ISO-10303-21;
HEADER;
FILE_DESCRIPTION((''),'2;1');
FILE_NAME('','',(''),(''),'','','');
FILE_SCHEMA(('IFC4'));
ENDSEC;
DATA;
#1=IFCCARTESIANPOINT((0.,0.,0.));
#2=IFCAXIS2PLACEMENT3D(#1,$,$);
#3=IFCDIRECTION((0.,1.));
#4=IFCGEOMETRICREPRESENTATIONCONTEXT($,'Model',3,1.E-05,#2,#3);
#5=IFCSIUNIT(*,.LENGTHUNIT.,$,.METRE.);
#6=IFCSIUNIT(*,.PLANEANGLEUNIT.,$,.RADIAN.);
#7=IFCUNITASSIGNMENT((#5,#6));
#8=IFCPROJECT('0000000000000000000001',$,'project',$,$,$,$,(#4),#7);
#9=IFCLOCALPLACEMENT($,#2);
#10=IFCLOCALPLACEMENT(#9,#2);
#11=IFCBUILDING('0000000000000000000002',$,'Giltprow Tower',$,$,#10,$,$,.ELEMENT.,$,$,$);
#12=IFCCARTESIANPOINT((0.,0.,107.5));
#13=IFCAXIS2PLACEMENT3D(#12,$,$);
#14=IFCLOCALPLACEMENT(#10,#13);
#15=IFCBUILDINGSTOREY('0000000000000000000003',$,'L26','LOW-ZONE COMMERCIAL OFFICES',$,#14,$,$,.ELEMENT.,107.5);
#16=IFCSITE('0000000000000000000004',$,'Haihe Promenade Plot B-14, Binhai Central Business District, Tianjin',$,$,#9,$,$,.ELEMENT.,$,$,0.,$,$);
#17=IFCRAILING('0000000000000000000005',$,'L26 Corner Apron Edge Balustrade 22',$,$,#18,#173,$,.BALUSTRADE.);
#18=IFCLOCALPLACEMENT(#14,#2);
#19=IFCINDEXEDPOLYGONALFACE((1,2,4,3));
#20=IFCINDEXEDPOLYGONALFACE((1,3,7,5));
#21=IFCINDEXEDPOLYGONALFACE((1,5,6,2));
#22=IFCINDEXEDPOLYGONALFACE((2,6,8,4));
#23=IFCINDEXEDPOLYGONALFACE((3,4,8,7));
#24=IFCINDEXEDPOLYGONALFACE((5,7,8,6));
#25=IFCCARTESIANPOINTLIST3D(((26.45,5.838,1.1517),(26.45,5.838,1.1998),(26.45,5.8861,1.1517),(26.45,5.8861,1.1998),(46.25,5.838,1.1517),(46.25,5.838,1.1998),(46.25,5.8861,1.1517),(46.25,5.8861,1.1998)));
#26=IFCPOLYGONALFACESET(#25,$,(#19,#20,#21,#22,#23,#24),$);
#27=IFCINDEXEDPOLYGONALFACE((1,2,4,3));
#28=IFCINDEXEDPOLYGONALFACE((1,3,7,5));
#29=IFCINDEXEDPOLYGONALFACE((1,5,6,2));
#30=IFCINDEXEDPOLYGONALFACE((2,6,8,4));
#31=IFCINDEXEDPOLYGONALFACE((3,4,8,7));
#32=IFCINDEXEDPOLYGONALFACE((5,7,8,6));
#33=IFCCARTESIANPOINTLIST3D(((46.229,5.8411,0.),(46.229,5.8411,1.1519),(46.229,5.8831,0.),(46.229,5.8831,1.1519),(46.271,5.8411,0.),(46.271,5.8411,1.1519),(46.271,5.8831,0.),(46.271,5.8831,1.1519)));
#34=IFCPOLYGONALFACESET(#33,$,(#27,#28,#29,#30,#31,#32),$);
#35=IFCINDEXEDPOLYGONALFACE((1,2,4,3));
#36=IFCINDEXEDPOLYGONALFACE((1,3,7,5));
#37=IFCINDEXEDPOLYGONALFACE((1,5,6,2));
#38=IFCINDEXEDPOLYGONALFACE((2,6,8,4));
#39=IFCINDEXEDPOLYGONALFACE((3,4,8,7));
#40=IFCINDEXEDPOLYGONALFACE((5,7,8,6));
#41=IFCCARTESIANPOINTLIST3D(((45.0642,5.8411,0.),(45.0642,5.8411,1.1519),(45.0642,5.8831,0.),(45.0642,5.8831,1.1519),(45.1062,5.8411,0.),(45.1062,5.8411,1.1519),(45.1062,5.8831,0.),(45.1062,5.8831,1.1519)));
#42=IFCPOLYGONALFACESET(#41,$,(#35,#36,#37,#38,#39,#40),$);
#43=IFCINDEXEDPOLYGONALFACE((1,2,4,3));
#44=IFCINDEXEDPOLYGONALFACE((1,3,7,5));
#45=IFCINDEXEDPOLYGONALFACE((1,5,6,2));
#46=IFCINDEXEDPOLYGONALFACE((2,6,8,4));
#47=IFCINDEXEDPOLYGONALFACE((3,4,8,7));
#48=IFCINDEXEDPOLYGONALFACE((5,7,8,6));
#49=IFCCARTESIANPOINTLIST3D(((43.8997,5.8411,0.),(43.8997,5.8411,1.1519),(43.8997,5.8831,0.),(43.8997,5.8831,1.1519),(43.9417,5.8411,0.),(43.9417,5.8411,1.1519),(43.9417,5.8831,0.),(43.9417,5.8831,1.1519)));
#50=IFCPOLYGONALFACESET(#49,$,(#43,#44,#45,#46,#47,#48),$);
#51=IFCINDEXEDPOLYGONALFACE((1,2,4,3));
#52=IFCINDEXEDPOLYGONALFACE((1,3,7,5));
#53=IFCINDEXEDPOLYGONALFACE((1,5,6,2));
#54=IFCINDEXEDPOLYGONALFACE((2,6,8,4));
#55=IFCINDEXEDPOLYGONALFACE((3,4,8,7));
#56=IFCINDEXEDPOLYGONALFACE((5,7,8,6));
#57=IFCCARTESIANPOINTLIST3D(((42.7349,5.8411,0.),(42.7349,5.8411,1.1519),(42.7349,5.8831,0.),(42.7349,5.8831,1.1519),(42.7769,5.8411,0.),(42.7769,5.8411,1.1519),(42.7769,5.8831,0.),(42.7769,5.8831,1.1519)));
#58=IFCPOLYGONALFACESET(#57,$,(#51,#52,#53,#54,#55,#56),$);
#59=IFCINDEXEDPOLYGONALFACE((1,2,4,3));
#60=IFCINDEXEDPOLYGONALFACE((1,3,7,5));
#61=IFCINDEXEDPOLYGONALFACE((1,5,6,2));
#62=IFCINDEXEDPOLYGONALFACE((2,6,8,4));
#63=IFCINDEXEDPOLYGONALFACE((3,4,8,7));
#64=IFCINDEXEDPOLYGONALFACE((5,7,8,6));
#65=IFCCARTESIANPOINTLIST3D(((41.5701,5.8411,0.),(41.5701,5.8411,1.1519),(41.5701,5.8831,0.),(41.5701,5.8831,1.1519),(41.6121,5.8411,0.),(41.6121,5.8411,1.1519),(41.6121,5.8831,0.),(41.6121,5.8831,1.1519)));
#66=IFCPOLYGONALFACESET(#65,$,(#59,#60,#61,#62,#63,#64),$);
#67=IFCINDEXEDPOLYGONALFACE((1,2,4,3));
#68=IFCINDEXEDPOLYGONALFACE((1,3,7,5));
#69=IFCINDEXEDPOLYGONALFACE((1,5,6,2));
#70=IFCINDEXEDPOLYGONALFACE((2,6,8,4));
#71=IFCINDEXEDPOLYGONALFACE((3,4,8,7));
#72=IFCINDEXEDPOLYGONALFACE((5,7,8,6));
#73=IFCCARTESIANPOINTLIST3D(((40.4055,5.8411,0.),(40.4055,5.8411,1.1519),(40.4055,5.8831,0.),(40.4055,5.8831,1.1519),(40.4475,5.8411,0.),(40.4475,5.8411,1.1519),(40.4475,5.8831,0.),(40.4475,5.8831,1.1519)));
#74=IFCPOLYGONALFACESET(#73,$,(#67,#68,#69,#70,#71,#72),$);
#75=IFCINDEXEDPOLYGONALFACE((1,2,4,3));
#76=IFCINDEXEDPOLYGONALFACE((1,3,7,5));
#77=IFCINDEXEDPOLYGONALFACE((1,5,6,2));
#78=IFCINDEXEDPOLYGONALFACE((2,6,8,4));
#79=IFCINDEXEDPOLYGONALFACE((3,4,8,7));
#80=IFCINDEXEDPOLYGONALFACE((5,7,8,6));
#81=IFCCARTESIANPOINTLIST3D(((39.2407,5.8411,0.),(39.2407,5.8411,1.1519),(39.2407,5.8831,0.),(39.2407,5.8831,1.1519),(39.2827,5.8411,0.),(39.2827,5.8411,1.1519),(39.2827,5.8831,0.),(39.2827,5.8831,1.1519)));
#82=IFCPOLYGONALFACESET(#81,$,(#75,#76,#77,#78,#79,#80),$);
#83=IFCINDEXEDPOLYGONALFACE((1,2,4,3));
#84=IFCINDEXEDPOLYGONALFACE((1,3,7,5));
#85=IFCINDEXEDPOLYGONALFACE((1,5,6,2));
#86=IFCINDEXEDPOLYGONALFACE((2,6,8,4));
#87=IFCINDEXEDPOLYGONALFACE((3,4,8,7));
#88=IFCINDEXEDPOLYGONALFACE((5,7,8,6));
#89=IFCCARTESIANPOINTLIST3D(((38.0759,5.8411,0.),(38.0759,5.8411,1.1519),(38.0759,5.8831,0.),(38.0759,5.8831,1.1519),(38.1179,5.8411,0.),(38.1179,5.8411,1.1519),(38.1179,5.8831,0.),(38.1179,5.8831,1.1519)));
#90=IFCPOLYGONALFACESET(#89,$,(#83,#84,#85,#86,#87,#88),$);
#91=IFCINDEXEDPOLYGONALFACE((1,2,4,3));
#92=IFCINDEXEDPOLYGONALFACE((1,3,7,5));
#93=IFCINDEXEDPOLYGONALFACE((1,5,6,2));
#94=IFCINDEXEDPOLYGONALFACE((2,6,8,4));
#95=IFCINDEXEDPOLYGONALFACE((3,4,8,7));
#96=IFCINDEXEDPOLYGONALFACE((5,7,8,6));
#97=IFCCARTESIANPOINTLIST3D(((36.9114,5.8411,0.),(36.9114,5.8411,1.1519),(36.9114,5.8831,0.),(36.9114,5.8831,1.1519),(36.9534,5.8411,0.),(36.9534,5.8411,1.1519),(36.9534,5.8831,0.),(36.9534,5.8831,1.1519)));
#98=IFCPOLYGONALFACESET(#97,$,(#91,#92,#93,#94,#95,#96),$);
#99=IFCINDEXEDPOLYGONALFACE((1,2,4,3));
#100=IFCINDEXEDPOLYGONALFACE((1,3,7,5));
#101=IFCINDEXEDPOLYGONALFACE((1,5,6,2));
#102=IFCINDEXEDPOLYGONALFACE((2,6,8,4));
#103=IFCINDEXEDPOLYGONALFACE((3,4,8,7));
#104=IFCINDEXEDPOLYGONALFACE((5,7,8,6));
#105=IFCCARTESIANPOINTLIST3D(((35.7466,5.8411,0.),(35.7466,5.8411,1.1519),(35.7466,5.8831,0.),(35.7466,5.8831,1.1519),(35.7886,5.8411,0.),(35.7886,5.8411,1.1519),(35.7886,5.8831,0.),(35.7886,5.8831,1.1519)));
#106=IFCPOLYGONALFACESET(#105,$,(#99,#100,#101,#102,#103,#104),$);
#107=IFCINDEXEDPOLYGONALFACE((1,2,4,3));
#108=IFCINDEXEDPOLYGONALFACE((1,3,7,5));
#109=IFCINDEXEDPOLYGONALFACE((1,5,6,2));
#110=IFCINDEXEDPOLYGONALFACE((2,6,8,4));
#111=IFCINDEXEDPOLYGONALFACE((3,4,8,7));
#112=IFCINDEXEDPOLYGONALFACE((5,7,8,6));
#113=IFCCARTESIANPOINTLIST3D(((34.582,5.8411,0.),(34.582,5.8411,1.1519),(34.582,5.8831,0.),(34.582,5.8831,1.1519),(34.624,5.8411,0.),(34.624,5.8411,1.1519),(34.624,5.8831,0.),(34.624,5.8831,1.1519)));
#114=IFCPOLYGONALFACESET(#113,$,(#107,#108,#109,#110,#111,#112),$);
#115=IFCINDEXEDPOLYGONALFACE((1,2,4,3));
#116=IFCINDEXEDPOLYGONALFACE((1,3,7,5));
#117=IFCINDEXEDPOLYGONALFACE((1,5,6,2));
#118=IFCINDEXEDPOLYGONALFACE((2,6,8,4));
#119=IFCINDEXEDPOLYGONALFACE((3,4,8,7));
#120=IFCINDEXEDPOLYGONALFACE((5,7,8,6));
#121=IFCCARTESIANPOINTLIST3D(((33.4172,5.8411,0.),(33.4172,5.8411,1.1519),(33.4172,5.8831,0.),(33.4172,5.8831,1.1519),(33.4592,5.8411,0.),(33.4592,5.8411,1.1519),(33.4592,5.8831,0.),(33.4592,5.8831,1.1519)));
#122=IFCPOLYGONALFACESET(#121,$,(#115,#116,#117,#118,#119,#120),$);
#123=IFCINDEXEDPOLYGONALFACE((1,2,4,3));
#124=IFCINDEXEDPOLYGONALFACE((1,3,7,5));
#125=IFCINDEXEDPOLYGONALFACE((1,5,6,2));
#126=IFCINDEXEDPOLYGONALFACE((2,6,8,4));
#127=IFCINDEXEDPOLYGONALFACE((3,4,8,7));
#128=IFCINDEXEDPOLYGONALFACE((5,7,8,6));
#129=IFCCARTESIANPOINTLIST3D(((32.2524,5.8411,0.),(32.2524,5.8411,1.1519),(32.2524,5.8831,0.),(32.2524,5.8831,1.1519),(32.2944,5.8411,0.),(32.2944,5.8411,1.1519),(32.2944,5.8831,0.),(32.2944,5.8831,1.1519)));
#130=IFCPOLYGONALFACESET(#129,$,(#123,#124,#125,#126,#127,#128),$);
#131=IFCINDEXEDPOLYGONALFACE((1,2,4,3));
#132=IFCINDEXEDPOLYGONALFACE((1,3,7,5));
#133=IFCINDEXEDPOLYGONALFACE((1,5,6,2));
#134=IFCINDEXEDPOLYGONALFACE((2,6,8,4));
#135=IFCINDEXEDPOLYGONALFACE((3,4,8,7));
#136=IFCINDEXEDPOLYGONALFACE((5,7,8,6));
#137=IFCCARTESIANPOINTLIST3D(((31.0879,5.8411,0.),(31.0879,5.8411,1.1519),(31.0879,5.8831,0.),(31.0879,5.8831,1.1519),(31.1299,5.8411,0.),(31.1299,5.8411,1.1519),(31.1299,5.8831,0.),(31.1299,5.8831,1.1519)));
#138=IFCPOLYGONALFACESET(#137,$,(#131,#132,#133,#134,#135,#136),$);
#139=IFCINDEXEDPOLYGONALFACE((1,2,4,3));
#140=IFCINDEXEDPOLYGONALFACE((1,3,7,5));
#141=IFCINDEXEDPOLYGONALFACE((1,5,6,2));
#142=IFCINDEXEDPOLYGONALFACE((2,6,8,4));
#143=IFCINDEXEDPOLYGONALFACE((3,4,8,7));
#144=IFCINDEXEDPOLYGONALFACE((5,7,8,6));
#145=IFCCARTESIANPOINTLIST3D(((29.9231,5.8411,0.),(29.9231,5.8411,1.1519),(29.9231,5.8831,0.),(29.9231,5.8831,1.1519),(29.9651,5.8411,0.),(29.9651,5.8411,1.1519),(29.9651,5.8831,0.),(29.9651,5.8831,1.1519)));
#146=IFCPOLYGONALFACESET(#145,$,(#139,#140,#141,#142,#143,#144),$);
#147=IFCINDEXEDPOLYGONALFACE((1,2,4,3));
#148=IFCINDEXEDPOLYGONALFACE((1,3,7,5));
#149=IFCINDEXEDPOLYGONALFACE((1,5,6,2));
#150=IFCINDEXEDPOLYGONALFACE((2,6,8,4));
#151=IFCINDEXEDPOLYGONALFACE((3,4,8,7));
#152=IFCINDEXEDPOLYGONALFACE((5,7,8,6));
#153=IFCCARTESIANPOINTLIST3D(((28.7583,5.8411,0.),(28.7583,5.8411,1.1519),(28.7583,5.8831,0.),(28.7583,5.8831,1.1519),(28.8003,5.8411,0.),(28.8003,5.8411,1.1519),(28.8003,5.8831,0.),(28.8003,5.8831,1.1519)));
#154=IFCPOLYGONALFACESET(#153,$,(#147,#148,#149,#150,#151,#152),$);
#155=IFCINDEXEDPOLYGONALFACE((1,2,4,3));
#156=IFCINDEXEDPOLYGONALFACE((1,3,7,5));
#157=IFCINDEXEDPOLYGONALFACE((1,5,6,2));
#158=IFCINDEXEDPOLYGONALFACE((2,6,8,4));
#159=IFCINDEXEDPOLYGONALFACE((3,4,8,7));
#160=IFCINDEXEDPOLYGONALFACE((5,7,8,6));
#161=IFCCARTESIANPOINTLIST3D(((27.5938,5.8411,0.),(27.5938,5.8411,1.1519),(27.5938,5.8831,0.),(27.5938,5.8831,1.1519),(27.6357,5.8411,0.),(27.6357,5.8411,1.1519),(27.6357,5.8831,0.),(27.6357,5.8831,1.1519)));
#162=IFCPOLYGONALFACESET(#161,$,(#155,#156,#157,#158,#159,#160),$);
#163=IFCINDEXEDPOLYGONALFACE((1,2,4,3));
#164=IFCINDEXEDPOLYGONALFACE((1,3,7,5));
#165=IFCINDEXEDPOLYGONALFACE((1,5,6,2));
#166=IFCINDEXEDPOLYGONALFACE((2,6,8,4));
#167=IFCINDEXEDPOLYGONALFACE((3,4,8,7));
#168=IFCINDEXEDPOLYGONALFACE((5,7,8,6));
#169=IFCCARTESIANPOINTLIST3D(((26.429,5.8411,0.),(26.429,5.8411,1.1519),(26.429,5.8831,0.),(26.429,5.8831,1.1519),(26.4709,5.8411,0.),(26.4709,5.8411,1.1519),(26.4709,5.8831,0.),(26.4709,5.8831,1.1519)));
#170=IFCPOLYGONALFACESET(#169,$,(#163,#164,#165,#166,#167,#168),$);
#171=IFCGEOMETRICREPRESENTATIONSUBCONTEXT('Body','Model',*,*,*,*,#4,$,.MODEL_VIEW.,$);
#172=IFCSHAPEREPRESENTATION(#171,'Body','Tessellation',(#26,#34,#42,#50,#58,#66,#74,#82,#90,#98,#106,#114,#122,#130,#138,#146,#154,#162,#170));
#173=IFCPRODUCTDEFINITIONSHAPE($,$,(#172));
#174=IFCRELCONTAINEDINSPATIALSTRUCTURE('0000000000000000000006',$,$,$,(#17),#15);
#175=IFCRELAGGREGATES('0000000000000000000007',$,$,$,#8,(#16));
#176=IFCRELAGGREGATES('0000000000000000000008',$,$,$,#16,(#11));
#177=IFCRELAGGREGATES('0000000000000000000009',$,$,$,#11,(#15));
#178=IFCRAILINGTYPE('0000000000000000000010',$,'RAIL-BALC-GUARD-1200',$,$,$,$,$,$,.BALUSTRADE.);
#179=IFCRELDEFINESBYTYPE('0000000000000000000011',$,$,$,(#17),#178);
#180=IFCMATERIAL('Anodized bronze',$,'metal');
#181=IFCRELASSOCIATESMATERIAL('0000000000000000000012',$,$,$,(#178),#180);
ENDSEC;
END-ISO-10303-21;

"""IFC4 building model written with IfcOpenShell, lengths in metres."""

from ifc_helpers import new_model, si_unit, direction, frame, origin, origin_2d, place, context, subcontext, project, spatial, rectangle, extrude, material, type_object, element, save


model = new_model("IFC4")

# Units and contexts
model_context = context("Model", 3, precision=1e-05, world=origin(), true_north=direction((0.0, 1.0)))
body_context = subcontext(model_context, "Body", "Model", "MODEL_VIEW")
ifc_project = project(units=[si_unit("LENGTHUNIT", "METRE"), si_unit("PLANEANGLEUNIT", "RADIAN")], contexts=[model_context])

# Site, building, storey
site_placement = place(None, origin())
site = spatial("IfcSite", under=ifc_project, at=site_placement, Name="Haihe Promenade Plot B-14, Binhai Central Business District, Tianjin", CompositionType="ELEMENT", RefElevation=0.0)
building_placement = place(site_placement, origin())
building = spatial("IfcBuilding", under=site, at=building_placement, Name="Giltprow Tower", CompositionType="ELEMENT")
storey_placement = place(building_placement, frame((0.0, 0.0, 107.5)))
storey = spatial("IfcBuildingStorey", under=building, at=storey_placement, Name="L26", Description="LOW-ZONE COMMERCIAL OFFICES", CompositionType="ELEMENT", Elevation=107.5)

# Shared definitions
ifc_material_1 = material(Name="Anodized bronze", Category="metal")

# Railing
railing_type = type_object("IfcRailingType", Name="RAIL-BALC-GUARD-1200", PredefinedType="BALUSTRADE", material=ifc_material_1)
railing_1_placement = place(storey_placement, frame((46.25, 5.8621, 0.0)))
element("IfcRailing", 1, at=railing_1_placement, inside=storey, type_object=railing_type, Name="L26 Corner Apron Edge Balustrade 22", PredefinedType="BALUSTRADE", context=body_context, shape_type="SweptSolid", body=[
    extrude(rectangle(XDim=0.0481, YDim=0.0481, at=origin_2d()), frame((0.0, 0.0, 1.1758), z_axis=(-1.0, 0.0, 0.0), x_axis=(0.0, -1.0, 0.0)), (0.0, 0.0, 1.0), 19.8),
    extrude(rectangle(XDim=0.042, YDim=0.042, at=origin_2d()), origin(), (0.0, 0.0, 1.0), 1.1519),
    extrude(rectangle(XDim=0.042, YDim=0.042, at=origin_2d()), frame((-1.1648, 0.0, 0.0)), (0.0, 0.0, 1.0), 1.1519),
    extrude(rectangle(XDim=0.042, YDim=0.042, at=origin_2d()), frame((-2.3293, 0.0, 0.0)), (0.0, 0.0, 1.0), 1.1519),
    extrude(rectangle(XDim=0.042, YDim=0.042, at=origin_2d()), frame((-3.4941, 0.0, 0.0)), (0.0, 0.0, 1.0), 1.1519),
    extrude(rectangle(XDim=0.042, YDim=0.042, at=origin_2d()), frame((-4.6589, 0.0, 0.0)), (0.0, 0.0, 1.0), 1.1519),
    extrude(rectangle(XDim=0.042, YDim=0.042, at=origin_2d()), frame((-5.8235, 0.0, 0.0)), (0.0, 0.0, 1.0), 1.1519),
    extrude(rectangle(XDim=0.042, YDim=0.042, at=origin_2d()), frame((-6.9883, 0.0, 0.0)), (0.0, 0.0, 1.0), 1.1519),
    extrude(rectangle(XDim=0.042, YDim=0.042, at=origin_2d()), frame((-8.1531, 0.0, 0.0)), (0.0, 0.0, 1.0), 1.1519),
    extrude(rectangle(XDim=0.042, YDim=0.042, at=origin_2d()), frame((-9.3176, 0.0, 0.0)), (0.0, 0.0, 1.0), 1.1519),
    extrude(rectangle(XDim=0.042, YDim=0.042, at=origin_2d()), frame((-10.4824, 0.0, 0.0)), (0.0, 0.0, 1.0), 1.1519),
    extrude(rectangle(XDim=0.042, YDim=0.042, at=origin_2d()), frame((-11.647, 0.0, 0.0)), (0.0, 0.0, 1.0), 1.1519),
    extrude(rectangle(XDim=0.042, YDim=0.042, at=origin_2d()), frame((-12.8118, 0.0, 0.0)), (0.0, 0.0, 1.0), 1.1519),
    extrude(rectangle(XDim=0.042, YDim=0.042, at=origin_2d()), frame((-13.9766, 0.0, 0.0)), (0.0, 0.0, 1.0), 1.1519),
    extrude(rectangle(XDim=0.042, YDim=0.042, at=origin_2d()), frame((-15.1411, 0.0, 0.0)), (0.0, 0.0, 1.0), 1.1519),
    extrude(rectangle(XDim=0.042, YDim=0.042, at=origin_2d()), frame((-16.3059, 0.0, 0.0)), (0.0, 0.0, 1.0), 1.1519),
    extrude(rectangle(XDim=0.042, YDim=0.042, at=origin_2d()), frame((-17.4707, 0.0, 0.0)), (0.0, 0.0, 1.0), 1.1519),
    extrude(rectangle(XDim=0.042, YDim=0.042, at=origin_2d()), frame((-18.6353, 0.0, 0.0)), (0.0, 0.0, 1.0), 1.1519),
    extrude(rectangle(XDim=0.042, YDim=0.042, at=origin_2d()), frame((-19.8, 0.0, 0.0)), (0.0, 0.0, 1.0), 1.1519),
])

save(model, "model.ifc")
